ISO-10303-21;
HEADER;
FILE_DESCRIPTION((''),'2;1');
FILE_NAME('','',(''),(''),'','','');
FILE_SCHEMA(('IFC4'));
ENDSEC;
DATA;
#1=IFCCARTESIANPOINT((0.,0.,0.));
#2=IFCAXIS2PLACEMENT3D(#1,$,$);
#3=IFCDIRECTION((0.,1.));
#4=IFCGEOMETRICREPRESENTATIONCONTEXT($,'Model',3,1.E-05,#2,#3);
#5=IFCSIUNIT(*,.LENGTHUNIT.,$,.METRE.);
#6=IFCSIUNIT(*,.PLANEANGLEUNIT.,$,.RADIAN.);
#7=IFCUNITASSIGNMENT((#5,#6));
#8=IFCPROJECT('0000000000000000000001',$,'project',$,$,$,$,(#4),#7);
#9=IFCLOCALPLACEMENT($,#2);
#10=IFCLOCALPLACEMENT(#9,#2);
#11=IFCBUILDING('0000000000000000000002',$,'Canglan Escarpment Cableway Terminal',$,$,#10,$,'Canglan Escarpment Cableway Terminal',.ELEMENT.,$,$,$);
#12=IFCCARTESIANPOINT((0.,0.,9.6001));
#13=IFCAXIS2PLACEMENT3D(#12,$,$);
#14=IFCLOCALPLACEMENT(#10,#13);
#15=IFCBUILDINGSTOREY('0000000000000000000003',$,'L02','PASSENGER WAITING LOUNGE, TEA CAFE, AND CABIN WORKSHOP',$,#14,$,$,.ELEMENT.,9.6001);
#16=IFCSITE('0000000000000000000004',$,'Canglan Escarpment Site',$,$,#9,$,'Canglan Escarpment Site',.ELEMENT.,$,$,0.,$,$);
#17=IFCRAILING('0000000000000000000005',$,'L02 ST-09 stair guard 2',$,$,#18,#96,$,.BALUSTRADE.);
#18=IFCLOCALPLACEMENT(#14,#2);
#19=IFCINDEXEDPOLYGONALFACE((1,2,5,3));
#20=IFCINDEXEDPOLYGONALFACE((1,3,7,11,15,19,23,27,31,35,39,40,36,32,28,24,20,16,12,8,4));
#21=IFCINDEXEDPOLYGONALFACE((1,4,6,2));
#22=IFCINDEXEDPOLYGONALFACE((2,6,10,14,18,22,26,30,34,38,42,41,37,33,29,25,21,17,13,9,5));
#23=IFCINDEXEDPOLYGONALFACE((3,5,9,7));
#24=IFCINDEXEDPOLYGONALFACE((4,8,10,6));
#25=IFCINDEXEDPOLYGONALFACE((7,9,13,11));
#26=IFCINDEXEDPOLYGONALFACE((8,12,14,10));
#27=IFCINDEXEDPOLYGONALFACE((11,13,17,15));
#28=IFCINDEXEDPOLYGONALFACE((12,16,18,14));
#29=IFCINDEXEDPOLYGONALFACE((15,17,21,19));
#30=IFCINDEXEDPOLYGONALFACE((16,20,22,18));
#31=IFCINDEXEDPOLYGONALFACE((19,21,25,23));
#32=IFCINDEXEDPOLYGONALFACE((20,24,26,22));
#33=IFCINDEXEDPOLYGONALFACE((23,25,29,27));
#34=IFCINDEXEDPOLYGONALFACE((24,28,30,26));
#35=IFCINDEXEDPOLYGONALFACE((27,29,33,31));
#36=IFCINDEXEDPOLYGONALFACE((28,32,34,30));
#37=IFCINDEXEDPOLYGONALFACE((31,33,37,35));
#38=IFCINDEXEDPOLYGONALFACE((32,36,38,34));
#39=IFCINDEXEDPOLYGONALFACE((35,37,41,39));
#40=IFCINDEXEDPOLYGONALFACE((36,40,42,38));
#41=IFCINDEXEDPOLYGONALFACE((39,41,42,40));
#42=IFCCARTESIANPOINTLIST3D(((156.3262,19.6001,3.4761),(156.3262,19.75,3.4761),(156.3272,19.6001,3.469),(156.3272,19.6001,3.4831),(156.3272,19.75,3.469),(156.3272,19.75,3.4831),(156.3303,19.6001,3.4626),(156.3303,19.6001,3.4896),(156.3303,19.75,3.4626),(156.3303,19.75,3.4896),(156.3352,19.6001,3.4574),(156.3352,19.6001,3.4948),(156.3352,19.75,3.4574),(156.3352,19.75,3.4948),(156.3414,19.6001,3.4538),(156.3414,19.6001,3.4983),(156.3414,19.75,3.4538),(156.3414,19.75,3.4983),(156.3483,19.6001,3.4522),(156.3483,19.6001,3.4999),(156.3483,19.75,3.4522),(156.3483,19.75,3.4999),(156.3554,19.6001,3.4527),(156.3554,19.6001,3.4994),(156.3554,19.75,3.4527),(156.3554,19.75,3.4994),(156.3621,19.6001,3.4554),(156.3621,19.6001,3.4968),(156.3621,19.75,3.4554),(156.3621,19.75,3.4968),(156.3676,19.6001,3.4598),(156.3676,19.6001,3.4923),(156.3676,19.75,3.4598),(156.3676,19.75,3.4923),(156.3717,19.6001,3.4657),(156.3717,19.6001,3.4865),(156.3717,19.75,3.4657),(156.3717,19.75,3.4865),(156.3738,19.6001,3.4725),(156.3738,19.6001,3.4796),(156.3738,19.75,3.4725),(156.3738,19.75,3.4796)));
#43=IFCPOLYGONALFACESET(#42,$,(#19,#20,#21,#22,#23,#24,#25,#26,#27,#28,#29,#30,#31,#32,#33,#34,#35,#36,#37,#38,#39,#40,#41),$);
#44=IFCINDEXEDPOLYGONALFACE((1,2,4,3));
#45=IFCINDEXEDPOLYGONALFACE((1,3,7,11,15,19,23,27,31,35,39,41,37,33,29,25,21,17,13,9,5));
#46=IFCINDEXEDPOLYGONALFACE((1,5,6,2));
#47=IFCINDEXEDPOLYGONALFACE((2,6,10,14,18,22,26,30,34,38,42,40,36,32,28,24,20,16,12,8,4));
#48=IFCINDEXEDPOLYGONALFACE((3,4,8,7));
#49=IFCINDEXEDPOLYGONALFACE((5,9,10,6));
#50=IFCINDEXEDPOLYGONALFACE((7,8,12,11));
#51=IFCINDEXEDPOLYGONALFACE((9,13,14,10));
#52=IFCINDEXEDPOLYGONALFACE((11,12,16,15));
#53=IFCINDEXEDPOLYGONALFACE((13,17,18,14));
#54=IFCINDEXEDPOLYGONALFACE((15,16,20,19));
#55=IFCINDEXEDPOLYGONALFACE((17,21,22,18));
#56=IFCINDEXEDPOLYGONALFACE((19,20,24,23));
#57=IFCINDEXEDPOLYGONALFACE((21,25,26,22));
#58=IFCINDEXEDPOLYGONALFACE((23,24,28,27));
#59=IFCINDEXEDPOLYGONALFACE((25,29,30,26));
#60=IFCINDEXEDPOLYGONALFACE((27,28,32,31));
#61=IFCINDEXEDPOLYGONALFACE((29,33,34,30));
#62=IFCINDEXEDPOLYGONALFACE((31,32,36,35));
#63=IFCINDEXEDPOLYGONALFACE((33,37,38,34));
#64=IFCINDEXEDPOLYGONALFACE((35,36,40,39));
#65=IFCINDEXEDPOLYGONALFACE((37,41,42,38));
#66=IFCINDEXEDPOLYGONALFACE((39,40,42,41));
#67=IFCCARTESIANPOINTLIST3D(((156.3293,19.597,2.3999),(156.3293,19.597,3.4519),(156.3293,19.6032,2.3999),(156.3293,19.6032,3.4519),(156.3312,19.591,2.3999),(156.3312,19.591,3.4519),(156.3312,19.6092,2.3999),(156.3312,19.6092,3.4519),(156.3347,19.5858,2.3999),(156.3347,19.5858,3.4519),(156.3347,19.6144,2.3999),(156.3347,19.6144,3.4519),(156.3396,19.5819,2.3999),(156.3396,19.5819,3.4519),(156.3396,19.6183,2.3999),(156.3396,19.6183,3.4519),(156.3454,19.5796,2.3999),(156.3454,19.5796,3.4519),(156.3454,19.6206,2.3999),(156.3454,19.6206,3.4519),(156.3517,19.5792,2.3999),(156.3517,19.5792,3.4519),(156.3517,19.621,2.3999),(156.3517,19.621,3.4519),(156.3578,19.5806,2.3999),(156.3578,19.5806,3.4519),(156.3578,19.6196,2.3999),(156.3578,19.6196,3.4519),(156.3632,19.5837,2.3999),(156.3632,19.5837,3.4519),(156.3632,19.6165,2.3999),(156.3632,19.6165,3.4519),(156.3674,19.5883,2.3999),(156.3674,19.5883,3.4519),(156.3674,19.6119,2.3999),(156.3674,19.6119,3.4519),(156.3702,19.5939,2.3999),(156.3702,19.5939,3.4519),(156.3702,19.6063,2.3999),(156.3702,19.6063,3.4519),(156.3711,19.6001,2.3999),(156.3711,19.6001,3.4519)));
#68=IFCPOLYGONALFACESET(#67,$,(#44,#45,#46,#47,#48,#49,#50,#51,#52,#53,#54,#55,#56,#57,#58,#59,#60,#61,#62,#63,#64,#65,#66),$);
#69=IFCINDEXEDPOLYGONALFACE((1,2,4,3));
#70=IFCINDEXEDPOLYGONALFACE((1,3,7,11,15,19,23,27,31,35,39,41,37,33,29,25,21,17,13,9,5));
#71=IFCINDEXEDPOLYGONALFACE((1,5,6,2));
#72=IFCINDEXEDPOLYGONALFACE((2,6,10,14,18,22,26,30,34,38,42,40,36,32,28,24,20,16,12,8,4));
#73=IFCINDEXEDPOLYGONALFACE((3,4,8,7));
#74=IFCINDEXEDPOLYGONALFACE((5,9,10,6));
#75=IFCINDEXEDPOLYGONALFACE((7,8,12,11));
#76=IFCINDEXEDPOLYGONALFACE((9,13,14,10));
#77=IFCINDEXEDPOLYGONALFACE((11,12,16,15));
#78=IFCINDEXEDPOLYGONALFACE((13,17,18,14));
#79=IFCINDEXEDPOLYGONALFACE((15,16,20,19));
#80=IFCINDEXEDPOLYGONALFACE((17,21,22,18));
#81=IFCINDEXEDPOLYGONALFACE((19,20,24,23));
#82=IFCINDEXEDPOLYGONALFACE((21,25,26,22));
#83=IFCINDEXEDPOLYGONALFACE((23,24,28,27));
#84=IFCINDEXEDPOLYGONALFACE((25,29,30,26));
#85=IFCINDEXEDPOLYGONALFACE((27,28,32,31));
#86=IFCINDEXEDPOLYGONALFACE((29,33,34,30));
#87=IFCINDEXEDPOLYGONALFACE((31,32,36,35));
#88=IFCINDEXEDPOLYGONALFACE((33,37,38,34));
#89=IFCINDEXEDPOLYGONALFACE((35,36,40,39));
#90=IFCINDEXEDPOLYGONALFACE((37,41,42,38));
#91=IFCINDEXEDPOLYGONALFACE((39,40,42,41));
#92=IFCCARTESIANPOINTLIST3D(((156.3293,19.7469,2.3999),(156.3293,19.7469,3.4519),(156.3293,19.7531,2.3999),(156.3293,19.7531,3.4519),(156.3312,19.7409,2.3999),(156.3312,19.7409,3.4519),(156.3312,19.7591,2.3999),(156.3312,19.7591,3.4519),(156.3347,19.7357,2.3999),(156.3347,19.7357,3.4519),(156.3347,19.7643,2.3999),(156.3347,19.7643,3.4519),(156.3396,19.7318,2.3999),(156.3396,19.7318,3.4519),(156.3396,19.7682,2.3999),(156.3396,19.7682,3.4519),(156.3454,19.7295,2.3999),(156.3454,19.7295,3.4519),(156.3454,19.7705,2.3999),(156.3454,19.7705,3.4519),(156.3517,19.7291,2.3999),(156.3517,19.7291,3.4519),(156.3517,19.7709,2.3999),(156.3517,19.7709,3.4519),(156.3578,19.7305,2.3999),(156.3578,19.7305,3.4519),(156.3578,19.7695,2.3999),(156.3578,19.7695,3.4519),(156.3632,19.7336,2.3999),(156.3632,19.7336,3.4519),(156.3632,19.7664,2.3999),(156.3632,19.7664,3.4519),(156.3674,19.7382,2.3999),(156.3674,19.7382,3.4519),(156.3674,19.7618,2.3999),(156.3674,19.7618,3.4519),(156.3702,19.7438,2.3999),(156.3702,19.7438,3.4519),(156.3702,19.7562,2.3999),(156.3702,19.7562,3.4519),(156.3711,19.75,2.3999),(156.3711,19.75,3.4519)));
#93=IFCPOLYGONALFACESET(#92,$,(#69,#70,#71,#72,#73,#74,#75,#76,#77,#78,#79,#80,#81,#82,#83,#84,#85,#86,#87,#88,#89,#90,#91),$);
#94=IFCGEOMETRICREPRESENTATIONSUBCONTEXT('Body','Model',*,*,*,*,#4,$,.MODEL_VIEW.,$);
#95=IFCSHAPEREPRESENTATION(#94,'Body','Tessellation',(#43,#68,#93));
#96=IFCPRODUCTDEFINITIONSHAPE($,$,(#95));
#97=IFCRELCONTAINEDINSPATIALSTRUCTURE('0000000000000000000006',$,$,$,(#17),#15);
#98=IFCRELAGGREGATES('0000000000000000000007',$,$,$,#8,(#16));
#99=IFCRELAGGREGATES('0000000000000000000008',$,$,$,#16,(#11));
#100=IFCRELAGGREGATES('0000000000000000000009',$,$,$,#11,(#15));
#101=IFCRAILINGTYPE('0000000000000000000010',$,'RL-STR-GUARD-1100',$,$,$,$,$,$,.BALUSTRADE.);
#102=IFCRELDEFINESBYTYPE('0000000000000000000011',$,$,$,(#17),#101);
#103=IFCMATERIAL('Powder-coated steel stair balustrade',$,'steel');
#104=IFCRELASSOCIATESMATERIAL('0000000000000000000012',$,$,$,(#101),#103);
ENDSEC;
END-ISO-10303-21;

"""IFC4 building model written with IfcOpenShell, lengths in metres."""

from ifc_helpers import new_model, si_unit, direction, frame, origin, origin_2d, place, context, subcontext, project, spatial, circle, extrude, material, type_object, element, save


model = new_model("IFC4")

# Units and contexts
model_context = context("Model", 3, precision=1e-05, world=origin(), true_north=direction((0.0, 1.0)))
body_context = subcontext(model_context, "Body", "Model", "MODEL_VIEW")
ifc_project = project(units=[si_unit("LENGTHUNIT", "METRE"), si_unit("PLANEANGLEUNIT", "RADIAN")], contexts=[model_context])

# Site, building, storey
site_placement = place(None, origin())
site = spatial("IfcSite", under=ifc_project, at=site_placement, Name="Canglan Escarpment Site", LongName="Canglan Escarpment Site", CompositionType="ELEMENT", RefElevation=0.0)
building_placement = place(site_placement, origin())
building = spatial("IfcBuilding", under=site, at=building_placement, Name="Canglan Escarpment Cableway Terminal", LongName="Canglan Escarpment Cableway Terminal", CompositionType="ELEMENT")
storey_placement = place(building_placement, frame((0.0, 0.0, 9.6001)))
storey = spatial("IfcBuildingStorey", under=building, at=storey_placement, Name="L02", Description="PASSENGER WAITING LOUNGE, TEA CAFE, AND CABIN WORKSHOP", CompositionType="ELEMENT", Elevation=9.6001)

# Railing
ifc_material_1 = material(Name="Powder-coated steel stair balustrade", Category="steel")
railing_type_1 = type_object("IfcRailingType", Name="RL-STR-GUARD-1100", PredefinedType="BALUSTRADE", material=ifc_material_1)
railing_1_placement = place(storey_placement, frame((156.3501, 19.6001, 2.3999)))
element("IfcRailing", 1, at=railing_1_placement, inside=storey, type_object=railing_type_1, Name="L02 ST-09 stair guard 2", PredefinedType="BALUSTRADE", context=body_context, shape_type="SweptSolid", body=[
    extrude(circle(Radius=0.0239, at=origin_2d()), frame((0.0, 0.0, 1.0762), z_axis=(0.0, 1.0, 0.0), x_axis=(-1.0, 0.0, 0.0)), (0.0, 0.0, 1.0), 0.1499),
    extrude(circle(Radius=0.021, at=origin_2d()), origin(), (0.0, 0.0, 1.0), 1.052),
    extrude(circle(Radius=0.021, at=origin_2d()), frame((0.0, 0.1499, 0.0)), (0.0, 0.0, 1.0), 1.052),
])

save(model, "model.ifc")
